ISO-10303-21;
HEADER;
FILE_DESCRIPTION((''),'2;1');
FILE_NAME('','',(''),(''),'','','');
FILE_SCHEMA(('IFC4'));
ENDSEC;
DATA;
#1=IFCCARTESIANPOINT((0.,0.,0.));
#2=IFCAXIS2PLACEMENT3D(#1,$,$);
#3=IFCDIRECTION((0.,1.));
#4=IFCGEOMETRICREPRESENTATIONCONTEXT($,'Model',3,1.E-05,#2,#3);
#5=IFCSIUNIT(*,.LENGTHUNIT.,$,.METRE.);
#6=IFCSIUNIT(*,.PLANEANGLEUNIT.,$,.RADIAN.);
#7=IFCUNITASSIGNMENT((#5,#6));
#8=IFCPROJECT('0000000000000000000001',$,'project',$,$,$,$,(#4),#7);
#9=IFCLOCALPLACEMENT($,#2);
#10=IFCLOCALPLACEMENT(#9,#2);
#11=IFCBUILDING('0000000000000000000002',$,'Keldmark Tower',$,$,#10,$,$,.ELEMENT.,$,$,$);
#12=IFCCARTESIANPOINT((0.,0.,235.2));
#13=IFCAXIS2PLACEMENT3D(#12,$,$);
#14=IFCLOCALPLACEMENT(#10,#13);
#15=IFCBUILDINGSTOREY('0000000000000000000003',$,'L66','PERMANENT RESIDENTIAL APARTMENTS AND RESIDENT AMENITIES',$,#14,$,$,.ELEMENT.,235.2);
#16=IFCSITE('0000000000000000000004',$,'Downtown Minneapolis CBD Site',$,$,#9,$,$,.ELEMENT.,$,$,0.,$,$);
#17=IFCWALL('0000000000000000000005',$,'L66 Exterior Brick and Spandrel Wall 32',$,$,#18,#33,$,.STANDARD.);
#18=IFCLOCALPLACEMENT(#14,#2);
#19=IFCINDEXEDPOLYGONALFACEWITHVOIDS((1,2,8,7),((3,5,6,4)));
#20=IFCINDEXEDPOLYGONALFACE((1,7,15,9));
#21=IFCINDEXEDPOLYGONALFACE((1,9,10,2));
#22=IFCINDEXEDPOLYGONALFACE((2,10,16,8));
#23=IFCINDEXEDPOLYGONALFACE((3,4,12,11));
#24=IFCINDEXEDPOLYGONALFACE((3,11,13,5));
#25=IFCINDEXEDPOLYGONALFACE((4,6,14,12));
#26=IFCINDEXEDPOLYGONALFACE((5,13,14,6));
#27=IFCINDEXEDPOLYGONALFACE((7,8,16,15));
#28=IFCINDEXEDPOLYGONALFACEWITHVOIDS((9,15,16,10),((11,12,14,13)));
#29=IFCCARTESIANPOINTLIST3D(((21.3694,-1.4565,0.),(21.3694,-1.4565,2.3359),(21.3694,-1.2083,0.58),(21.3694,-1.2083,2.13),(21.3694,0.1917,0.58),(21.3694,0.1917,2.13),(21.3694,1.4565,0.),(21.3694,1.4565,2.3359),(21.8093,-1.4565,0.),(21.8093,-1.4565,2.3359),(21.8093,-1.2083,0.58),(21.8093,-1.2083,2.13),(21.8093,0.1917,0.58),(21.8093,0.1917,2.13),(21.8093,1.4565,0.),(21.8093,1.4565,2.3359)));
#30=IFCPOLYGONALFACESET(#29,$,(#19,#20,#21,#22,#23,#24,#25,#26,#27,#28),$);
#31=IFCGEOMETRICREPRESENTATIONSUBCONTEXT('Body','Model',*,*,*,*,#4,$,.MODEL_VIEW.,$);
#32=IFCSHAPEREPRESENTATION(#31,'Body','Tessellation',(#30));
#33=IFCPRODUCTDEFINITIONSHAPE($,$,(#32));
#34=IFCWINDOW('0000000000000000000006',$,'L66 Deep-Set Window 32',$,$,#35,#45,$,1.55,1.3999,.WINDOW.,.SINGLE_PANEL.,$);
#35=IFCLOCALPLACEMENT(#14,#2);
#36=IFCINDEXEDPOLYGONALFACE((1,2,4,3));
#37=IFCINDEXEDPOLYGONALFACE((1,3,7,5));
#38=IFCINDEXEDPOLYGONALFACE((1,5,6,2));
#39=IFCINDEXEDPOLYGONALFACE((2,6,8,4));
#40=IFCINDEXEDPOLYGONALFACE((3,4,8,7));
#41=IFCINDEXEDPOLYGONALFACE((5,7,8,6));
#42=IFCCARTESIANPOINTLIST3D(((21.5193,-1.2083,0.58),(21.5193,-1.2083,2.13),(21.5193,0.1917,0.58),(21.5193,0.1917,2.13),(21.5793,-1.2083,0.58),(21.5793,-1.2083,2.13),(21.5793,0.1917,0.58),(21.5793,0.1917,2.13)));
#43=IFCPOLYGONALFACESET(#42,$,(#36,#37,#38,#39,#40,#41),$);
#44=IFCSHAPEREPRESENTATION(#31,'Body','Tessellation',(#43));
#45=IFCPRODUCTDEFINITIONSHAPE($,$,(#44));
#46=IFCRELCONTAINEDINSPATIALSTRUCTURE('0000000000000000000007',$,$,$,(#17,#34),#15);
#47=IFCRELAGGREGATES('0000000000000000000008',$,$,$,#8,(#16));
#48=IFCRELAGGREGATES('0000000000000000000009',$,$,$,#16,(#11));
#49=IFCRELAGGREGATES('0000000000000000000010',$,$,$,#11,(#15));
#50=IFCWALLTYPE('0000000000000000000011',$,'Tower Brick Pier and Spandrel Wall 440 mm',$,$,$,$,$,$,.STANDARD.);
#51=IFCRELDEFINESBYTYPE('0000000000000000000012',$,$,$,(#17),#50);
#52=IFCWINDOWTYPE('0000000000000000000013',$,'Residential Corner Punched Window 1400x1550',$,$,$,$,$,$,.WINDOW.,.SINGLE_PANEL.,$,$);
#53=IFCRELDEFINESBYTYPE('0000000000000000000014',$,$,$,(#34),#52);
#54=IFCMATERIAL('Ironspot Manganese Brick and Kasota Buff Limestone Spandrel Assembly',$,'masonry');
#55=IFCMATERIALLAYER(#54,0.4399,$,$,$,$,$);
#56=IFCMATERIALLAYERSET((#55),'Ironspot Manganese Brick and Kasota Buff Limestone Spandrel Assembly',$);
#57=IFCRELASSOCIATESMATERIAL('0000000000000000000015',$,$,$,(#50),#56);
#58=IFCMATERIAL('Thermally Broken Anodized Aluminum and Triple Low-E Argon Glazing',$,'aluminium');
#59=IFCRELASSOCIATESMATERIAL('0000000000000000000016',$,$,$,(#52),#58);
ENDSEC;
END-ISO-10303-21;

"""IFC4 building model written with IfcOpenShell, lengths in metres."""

from ifc_helpers import new_model, si_unit, direction, frame, frame_2d, origin, place, context, subcontext, project, spatial, rectangle, extrude, material, layer, layer_set, type_object, element, fill, save


model = new_model("IFC4")

# Units and contexts
model_context = context("Model", 3, precision=1e-05, world=origin(), true_north=direction((0.0, 1.0)))
body_context = subcontext(model_context, "Body", "Model", "MODEL_VIEW")
ifc_project = project(units=[si_unit("LENGTHUNIT", "METRE"), si_unit("PLANEANGLEUNIT", "RADIAN")], contexts=[model_context])

# Site, building, storey
site_placement = place(None, origin())
site = spatial("IfcSite", under=ifc_project, at=site_placement, Name="Downtown Minneapolis CBD Site", CompositionType="ELEMENT", RefElevation=0.0)
building_placement = place(site_placement, origin())
building = spatial("IfcBuilding", under=site, at=building_placement, Name="Keldmark Tower", CompositionType="ELEMENT")
storey_placement = place(building_placement, frame((0.0, 0.0, 235.2)))
storey = spatial("IfcBuildingStorey", under=building, at=storey_placement, Name="L66", Description="PERMANENT RESIDENTIAL APARTMENTS AND RESIDENT AMENITIES", CompositionType="ELEMENT", Elevation=235.2)

# Wall, opening, window
ifc_material_1 = material(Name="Ironspot Manganese Brick and Kasota Buff Limestone Spandrel Assembly", Category="masonry")
ifc_layer_1 = layer(ifc_material_1, 0.4399)
ifc_layer_set_1 = layer_set([ifc_layer_1], Name="Ironspot Manganese Brick and Kasota Buff Limestone Spandrel Assembly")
wall_type_1 = type_object("IfcWallType", Name="Tower Brick Pier and Spandrel Wall 440 mm", PredefinedType="STANDARD", material=ifc_layer_set_1)
ifc_material_2 = material(Name="Thermally Broken Anodized Aluminum and Triple Low-E Argon Glazing", Category="aluminium")
window_type = type_object("IfcWindowType", Name="Residential Corner Punched Window 1400x1550", PartitioningType="SINGLE_PANEL", PredefinedType="WINDOW", material=ifc_material_2)
wall_1_placement = place(storey_placement, frame((21.5894, 1.4565, 0.0), z_axis=(0.0, 0.0, 1.0), x_axis=(0.0, -1.0, 0.0)))
wall_1 = element("IfcWall", 1, at=wall_1_placement, inside=storey, type_object=wall_type_1, Name="L66 Exterior Brick and Spandrel Wall 32", PredefinedType="STANDARD", context=body_context, shape_type="SweptSolid", body=[
    extrude(rectangle(XDim=2.9131, YDim=0.4399, at=frame_2d((1.4565, 0.0))), origin(), (0.0, 0.0, 1.0), 2.3359),
])
opening_1_placement = place(wall_1_placement, frame((1.2649, 0.0, 0.5801)))
opening_1 = element("IfcOpeningElement", 2, at=opening_1_placement, cuts=wall_1, PredefinedType="OPENING", context=body_context, shape_type="SweptSolid", body=[
    extrude(rectangle(XDim=1.3999, YDim=1.55, at=frame_2d((0.7, 0.7749))), frame((0.0, 0.23, 0.0), z_axis=(0.0, -1.0, 0.0), x_axis=(1.0, 0.0, 0.0)), (0.0, 0.0, 1.0), 0.46),
])
window_1_placement = place(opening_1_placement, origin())
window_1 = element("IfcWindow", 3, at=window_1_placement, inside=storey, type_object=window_type, Name="L66 Deep-Set Window 32", OverallHeight=1.55, OverallWidth=1.3999, PartitioningType="SINGLE_PANEL", PredefinedType="WINDOW", context=body_context, shape_type="SweptSolid", body=[
    extrude(rectangle(XDim=1.3999, YDim=1.55, at=frame_2d((0.7, 0.7749))), frame((0.0, -0.01, 0.0), z_axis=(0.0, -1.0, 0.0), x_axis=(1.0, 0.0, 0.0)), (0.0, 0.0, 1.0), 0.0601),
])
fill(opening_1, window_1)

save(model, "model.ifc")
